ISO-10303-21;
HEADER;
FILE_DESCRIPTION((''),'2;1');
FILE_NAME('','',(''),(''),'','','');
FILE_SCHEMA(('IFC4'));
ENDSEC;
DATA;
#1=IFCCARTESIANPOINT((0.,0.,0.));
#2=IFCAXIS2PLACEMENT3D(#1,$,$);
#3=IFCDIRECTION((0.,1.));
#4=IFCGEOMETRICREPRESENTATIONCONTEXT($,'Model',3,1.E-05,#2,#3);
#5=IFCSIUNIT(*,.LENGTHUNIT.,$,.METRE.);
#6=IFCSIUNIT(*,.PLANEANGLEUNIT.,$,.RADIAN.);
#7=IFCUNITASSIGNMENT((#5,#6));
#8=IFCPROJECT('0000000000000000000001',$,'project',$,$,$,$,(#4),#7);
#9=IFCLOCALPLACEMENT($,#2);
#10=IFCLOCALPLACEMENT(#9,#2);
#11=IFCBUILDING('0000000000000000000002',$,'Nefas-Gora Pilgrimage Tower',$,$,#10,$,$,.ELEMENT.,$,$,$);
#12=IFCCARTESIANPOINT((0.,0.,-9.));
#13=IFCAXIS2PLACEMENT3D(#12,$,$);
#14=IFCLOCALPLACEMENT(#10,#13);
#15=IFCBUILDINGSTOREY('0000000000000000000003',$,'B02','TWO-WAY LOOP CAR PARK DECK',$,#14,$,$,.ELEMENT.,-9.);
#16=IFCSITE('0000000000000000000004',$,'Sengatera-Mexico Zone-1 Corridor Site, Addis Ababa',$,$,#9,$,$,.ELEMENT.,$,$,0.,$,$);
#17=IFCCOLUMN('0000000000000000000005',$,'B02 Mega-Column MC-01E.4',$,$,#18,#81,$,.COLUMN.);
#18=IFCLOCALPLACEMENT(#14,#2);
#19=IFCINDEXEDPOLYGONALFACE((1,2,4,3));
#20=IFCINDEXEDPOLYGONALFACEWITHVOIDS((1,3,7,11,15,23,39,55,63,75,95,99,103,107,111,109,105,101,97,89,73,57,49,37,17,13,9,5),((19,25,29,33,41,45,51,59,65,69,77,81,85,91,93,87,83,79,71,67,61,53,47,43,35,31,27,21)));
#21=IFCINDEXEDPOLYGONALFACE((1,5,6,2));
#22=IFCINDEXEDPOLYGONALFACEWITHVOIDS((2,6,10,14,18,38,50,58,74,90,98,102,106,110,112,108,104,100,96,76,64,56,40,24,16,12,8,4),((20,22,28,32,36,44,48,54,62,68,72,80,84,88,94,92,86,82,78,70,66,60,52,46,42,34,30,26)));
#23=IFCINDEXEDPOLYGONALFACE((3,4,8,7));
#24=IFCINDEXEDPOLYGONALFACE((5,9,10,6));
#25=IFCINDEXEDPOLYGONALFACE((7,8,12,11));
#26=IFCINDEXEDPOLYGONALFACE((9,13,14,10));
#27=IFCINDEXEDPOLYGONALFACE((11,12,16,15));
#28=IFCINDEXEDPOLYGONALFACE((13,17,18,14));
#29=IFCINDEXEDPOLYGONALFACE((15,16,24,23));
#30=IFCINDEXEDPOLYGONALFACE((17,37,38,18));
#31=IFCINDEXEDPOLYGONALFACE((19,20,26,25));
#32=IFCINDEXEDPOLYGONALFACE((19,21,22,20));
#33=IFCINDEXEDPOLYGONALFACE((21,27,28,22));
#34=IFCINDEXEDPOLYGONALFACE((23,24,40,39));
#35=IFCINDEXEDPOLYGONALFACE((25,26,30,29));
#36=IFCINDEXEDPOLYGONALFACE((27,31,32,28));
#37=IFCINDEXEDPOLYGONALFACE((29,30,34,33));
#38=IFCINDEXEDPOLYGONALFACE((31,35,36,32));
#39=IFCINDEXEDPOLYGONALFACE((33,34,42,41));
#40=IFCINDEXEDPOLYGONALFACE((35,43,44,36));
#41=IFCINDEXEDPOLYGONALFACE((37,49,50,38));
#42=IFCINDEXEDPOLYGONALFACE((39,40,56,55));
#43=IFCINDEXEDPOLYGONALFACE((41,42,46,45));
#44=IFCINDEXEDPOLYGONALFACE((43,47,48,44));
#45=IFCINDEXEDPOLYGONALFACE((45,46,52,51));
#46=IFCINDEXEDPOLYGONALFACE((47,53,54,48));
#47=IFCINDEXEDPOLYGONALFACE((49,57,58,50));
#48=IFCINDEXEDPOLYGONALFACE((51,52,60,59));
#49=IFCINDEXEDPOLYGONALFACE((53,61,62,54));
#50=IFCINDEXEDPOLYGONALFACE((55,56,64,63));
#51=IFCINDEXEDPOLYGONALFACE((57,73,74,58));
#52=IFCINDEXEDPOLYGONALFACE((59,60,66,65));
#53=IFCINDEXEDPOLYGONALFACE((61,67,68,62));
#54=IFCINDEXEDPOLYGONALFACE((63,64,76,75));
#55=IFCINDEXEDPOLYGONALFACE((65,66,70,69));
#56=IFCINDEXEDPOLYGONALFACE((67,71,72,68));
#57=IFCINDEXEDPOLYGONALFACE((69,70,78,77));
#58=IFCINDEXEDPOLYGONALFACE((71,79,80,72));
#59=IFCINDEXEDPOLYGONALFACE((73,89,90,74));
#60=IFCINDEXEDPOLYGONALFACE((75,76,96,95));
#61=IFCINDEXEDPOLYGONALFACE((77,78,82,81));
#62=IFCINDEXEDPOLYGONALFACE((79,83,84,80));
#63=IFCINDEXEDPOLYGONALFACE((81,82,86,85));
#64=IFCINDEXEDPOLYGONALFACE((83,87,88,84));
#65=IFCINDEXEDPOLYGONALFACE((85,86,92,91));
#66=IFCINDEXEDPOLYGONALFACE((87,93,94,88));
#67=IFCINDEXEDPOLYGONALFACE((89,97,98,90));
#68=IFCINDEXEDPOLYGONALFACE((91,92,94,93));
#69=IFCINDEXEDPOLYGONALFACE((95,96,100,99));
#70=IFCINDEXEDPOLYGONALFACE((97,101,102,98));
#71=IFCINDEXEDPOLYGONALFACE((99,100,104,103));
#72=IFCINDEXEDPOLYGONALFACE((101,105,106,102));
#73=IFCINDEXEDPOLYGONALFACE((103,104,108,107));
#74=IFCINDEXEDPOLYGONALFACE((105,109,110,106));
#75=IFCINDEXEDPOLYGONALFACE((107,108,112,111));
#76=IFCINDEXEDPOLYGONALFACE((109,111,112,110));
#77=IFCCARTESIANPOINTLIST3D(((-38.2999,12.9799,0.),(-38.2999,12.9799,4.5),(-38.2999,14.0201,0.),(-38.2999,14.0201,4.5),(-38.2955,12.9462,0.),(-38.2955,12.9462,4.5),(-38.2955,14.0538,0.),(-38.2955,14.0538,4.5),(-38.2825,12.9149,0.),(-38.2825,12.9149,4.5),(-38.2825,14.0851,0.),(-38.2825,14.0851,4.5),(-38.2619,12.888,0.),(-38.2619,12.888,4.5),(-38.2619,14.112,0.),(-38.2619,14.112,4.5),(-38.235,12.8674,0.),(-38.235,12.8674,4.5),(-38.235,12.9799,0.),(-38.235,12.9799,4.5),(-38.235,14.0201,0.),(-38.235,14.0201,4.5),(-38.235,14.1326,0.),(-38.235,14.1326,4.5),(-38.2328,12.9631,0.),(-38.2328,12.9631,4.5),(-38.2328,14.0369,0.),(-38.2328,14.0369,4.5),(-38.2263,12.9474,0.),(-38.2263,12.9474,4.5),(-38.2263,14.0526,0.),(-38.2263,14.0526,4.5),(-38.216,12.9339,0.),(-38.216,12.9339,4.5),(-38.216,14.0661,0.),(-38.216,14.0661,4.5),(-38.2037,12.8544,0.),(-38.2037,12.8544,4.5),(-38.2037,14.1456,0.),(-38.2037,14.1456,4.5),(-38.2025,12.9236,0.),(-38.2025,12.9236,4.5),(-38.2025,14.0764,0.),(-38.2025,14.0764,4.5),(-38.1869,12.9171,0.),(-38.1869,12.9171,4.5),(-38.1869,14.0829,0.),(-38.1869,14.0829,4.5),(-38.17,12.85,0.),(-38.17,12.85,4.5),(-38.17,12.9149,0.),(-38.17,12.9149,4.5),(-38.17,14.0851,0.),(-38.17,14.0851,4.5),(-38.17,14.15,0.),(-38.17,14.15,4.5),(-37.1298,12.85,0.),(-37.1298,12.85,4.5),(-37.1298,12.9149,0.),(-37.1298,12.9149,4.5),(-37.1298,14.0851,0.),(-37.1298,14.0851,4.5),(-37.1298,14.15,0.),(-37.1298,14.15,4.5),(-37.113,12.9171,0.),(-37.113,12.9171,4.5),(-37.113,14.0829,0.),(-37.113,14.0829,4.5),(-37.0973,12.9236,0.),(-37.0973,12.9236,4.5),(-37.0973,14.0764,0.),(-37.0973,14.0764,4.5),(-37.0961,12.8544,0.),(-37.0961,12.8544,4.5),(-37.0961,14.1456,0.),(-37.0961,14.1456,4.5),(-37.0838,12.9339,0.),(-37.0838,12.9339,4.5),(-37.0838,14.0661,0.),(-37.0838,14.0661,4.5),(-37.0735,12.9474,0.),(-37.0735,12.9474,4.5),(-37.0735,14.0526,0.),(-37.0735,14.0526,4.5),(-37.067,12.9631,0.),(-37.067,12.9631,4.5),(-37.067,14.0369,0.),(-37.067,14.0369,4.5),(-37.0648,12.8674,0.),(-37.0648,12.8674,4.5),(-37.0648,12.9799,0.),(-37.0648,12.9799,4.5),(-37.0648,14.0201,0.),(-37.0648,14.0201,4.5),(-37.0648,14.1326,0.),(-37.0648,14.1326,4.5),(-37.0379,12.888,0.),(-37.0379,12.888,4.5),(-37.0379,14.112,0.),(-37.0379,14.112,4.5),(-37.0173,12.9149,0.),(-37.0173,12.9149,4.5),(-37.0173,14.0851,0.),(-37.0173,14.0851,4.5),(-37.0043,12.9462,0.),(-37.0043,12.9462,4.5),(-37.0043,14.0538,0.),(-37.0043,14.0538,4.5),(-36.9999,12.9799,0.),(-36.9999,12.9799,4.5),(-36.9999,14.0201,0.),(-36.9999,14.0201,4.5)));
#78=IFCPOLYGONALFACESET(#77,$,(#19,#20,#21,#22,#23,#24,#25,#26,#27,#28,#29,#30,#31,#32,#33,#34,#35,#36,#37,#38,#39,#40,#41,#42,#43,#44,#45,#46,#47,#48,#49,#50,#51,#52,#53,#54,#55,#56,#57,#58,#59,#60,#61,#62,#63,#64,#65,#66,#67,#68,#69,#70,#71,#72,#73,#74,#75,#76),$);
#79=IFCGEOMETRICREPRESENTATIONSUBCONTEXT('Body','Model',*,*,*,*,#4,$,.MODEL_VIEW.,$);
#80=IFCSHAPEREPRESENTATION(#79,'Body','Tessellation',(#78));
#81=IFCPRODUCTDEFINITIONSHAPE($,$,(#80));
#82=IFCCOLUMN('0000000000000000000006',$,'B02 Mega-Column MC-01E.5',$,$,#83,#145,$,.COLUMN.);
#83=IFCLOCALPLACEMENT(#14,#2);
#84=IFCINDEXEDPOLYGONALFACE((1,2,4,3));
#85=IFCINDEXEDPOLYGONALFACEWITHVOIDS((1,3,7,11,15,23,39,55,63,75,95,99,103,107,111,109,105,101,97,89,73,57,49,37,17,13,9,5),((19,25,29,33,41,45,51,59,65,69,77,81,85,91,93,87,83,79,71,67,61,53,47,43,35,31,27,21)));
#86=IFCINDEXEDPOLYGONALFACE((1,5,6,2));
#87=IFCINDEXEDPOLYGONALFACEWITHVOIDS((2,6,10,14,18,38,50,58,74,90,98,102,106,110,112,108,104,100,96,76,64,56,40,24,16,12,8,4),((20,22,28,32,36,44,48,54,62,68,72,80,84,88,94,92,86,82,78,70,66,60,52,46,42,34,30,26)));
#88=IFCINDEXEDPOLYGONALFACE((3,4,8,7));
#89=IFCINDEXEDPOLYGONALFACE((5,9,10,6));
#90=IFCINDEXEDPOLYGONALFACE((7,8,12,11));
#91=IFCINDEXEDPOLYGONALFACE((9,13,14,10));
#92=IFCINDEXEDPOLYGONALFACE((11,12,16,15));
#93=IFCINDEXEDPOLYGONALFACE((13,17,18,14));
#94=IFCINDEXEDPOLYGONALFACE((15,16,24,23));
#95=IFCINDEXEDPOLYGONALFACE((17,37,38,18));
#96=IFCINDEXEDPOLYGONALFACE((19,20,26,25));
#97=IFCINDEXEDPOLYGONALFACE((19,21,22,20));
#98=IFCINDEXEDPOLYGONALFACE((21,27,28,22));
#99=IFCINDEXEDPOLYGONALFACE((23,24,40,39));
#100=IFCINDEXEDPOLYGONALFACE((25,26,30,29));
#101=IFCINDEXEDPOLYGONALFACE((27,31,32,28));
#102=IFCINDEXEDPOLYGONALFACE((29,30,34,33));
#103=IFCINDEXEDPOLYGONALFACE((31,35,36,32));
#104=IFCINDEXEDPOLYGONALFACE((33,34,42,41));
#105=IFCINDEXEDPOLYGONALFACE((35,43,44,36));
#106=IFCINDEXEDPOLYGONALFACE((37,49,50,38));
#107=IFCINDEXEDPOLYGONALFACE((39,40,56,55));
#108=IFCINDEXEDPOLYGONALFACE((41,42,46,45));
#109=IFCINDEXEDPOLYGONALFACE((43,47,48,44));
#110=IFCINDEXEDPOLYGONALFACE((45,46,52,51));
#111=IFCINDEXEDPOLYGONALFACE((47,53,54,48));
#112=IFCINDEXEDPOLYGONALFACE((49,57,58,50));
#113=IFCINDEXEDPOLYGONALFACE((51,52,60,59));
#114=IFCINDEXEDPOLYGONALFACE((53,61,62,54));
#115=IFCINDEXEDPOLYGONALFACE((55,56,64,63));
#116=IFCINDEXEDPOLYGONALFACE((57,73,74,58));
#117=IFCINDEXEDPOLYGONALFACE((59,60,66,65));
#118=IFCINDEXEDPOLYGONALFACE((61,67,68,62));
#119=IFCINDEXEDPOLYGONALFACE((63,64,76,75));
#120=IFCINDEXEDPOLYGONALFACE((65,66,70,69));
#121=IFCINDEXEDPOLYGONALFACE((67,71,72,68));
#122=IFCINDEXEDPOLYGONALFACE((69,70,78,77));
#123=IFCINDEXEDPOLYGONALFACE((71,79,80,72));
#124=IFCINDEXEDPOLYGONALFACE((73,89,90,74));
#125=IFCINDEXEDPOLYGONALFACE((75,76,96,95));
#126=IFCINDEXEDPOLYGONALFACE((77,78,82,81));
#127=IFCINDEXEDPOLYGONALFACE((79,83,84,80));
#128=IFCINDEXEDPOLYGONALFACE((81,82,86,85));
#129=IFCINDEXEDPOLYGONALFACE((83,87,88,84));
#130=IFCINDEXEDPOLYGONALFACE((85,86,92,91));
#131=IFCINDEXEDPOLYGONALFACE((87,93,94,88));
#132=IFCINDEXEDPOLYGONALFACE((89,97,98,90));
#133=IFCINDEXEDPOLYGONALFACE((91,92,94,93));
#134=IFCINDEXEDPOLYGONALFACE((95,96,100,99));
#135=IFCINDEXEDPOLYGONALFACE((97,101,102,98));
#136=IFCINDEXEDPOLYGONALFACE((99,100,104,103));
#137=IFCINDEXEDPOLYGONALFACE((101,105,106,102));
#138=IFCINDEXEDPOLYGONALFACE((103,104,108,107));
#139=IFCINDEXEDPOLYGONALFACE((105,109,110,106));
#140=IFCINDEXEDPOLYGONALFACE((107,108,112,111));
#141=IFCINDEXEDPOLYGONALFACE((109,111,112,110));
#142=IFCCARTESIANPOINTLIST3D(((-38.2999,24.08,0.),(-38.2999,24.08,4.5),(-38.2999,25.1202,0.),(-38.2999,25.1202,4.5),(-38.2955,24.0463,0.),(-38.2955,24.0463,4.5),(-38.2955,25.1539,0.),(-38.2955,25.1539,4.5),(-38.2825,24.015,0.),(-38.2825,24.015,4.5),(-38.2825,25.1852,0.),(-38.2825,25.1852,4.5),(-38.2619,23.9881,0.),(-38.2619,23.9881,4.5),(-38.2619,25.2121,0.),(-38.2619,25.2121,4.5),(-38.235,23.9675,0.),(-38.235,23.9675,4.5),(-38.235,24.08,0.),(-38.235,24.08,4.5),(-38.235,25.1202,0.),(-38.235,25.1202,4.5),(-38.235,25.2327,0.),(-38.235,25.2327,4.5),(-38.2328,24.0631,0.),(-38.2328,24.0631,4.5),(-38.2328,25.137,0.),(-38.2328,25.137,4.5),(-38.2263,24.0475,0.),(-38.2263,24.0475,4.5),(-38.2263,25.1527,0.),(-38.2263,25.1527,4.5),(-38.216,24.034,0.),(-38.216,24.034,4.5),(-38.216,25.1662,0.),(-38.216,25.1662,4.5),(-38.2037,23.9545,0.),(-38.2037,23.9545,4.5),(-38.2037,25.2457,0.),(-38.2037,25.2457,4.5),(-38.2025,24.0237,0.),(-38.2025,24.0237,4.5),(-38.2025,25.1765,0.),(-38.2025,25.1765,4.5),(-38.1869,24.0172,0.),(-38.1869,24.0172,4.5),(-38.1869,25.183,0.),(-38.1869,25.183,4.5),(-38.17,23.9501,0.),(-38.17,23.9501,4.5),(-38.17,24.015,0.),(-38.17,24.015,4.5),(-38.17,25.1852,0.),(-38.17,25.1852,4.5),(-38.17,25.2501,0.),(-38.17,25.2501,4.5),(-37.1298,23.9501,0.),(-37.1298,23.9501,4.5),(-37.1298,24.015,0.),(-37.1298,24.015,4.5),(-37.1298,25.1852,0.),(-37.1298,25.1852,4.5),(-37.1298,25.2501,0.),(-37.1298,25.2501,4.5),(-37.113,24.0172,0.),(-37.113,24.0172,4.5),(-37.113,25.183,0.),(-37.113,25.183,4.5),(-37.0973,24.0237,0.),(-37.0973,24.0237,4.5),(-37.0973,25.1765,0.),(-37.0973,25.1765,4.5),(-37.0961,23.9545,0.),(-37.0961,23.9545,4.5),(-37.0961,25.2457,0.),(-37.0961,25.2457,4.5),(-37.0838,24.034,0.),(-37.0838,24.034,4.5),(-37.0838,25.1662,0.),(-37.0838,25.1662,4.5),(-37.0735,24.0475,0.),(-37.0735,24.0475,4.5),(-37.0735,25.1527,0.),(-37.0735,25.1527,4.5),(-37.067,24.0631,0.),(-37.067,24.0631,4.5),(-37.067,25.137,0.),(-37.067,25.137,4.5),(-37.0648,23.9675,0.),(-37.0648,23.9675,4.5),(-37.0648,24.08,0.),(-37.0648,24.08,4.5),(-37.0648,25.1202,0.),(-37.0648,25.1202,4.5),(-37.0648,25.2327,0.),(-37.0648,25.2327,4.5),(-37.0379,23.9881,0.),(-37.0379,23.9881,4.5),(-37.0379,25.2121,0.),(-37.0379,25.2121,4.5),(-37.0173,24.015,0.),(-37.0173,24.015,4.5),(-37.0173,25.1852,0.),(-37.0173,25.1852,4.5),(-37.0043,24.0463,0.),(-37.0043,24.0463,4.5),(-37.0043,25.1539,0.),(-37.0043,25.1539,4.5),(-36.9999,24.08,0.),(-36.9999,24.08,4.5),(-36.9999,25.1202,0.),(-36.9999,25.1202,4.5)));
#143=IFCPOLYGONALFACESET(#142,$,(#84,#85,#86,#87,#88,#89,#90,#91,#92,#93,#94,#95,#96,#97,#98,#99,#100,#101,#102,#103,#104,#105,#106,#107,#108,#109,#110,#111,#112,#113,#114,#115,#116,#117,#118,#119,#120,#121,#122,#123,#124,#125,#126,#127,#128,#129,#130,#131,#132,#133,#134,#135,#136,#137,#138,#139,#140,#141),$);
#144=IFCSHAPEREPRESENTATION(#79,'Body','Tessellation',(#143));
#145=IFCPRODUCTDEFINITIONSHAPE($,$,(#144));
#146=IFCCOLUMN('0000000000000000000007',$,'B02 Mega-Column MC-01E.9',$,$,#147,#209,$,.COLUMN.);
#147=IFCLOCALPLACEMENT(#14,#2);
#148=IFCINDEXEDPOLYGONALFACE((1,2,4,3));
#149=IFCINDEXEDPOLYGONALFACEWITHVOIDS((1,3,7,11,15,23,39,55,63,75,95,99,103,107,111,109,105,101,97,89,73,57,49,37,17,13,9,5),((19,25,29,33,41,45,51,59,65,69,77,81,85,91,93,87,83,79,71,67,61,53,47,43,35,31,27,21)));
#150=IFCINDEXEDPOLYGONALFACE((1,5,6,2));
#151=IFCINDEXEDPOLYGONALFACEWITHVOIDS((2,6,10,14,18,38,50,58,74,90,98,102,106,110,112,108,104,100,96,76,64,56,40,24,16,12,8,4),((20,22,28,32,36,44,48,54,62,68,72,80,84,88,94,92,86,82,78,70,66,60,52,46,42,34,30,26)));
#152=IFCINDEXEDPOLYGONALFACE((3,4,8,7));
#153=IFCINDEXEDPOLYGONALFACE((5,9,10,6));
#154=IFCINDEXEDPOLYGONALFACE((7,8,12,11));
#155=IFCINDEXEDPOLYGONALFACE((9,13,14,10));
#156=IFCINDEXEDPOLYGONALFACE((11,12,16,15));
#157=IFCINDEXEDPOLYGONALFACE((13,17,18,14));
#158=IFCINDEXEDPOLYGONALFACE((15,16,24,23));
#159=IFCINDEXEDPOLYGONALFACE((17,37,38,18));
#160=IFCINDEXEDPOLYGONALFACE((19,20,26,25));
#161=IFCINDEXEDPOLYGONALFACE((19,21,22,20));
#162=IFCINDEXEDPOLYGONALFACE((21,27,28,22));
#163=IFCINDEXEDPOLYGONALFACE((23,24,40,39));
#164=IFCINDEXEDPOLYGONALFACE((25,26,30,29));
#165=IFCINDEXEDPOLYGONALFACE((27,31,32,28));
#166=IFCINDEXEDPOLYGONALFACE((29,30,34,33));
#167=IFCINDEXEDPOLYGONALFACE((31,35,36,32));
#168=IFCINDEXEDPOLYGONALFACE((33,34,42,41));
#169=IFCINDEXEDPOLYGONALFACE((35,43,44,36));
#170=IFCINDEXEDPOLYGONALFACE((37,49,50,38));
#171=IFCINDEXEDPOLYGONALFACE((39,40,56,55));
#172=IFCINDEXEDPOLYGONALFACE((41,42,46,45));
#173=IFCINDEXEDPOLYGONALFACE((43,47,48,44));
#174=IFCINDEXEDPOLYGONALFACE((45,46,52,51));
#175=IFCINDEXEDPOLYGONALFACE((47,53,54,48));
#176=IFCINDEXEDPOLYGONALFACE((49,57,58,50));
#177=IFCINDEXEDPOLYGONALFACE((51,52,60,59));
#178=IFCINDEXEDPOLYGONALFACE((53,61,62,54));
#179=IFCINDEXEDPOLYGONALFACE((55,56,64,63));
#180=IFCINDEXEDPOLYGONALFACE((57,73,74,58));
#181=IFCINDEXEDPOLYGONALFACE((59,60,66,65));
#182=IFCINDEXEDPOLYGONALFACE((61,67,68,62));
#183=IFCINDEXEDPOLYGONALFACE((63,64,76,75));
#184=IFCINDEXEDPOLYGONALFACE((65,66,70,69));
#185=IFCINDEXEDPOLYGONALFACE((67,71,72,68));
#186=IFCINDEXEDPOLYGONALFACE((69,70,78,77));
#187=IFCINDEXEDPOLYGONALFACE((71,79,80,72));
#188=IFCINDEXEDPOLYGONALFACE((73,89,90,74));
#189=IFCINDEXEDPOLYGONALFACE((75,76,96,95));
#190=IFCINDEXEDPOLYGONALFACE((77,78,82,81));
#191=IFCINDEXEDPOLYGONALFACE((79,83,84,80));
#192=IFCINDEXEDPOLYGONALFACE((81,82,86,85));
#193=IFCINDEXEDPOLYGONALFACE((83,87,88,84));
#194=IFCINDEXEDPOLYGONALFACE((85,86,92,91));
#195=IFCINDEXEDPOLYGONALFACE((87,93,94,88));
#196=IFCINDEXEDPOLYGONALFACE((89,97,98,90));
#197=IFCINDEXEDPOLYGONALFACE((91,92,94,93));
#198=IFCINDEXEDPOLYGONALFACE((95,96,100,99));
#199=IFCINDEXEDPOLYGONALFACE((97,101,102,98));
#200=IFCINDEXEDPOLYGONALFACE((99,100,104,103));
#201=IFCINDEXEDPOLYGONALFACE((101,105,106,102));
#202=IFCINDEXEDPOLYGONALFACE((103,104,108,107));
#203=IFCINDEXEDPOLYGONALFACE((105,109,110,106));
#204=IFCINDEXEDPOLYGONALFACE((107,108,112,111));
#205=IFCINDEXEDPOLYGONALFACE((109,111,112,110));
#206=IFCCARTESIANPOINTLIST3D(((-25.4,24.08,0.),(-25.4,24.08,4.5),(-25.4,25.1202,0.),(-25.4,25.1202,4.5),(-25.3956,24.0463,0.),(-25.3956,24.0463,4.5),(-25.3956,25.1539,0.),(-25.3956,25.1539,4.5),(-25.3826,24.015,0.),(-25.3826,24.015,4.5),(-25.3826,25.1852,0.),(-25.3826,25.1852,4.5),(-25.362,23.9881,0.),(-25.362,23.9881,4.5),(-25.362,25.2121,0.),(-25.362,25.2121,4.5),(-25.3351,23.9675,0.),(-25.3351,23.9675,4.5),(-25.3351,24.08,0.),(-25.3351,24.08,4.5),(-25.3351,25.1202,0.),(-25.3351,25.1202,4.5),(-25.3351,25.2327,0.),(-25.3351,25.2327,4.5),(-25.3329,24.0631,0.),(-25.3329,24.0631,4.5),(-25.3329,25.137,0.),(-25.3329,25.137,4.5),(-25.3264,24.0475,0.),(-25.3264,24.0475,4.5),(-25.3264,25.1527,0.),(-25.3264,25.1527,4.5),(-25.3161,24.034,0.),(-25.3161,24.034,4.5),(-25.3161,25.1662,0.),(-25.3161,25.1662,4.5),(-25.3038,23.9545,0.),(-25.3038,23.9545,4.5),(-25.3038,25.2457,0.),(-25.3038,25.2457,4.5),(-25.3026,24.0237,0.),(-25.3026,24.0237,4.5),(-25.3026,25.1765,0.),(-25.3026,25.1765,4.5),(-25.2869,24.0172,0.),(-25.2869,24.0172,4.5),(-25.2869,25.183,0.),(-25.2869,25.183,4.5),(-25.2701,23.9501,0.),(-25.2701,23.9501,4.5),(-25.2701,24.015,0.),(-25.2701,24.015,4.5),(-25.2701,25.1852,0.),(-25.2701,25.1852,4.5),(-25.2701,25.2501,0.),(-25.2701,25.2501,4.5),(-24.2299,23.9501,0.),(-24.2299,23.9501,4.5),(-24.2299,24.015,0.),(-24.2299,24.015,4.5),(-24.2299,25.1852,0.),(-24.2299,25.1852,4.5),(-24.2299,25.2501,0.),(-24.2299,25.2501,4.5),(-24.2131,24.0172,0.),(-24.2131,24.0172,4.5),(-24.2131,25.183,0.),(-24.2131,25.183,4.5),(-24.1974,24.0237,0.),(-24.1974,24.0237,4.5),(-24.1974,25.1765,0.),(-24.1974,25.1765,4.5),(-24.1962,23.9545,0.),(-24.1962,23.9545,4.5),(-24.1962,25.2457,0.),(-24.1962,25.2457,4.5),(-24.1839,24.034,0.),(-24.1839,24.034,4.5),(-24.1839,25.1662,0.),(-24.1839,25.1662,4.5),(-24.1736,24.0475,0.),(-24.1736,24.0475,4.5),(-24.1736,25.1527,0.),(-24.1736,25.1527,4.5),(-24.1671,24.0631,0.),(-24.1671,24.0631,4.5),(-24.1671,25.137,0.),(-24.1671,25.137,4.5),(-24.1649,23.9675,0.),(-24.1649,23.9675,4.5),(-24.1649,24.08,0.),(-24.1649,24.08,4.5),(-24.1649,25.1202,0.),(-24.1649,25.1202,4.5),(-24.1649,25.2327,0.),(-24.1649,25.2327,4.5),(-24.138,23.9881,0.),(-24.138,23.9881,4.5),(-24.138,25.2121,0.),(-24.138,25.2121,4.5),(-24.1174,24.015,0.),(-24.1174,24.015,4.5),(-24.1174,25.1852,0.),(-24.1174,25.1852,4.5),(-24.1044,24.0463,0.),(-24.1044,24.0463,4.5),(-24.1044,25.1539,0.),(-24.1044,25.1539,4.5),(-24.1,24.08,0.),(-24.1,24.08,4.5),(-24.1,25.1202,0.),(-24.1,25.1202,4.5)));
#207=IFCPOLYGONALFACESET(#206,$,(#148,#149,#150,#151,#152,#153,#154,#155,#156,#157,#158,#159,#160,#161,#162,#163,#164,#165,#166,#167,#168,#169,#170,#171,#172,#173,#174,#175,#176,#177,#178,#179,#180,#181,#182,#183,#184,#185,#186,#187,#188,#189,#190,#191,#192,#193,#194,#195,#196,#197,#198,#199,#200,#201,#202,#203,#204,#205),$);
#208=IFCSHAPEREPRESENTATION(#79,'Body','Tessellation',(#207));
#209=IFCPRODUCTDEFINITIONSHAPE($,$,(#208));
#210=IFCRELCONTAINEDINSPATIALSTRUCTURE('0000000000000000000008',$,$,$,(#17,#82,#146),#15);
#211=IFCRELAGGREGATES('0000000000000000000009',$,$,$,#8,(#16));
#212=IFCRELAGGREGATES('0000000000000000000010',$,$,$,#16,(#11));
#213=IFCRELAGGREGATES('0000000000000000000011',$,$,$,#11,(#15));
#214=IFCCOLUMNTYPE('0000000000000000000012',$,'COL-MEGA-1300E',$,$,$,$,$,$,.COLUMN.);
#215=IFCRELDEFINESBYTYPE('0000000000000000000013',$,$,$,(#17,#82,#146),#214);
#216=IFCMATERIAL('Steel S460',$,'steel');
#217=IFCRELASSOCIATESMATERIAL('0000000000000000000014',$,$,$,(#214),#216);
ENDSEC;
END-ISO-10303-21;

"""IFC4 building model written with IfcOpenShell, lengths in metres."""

from ifc_helpers import new_model, si_unit, direction, frame, origin, origin_2d, place, context, subcontext, project, spatial, hollow_rectangle, extrude, source, transform, mapped, material, material_profile, profile_set, type_object, element, save


model = new_model("IFC4")

# Units and contexts
model_context = context("Model", 3, precision=1e-05, world=origin(), true_north=direction((0.0, 1.0)))
body_context = subcontext(model_context, "Body", "Model", "MODEL_VIEW")
ifc_project = project(units=[si_unit("LENGTHUNIT", "METRE"), si_unit("PLANEANGLEUNIT", "RADIAN")], contexts=[model_context])

# Site, building, storey
site_placement = place(None, origin())
site = spatial("IfcSite", under=ifc_project, at=site_placement, Name="Sengatera-Mexico Zone-1 Corridor Site, Addis Ababa", CompositionType="ELEMENT", RefElevation=0.0)
building_placement = place(site_placement, origin())
building = spatial("IfcBuilding", under=site, at=building_placement, Name="Nefas-Gora Pilgrimage Tower", CompositionType="ELEMENT")
storey_placement = place(building_placement, frame((0.0, 0.0, -9.0)))
storey = spatial("IfcBuildingStorey", under=building, at=storey_placement, Name="B02", Description="TWO-WAY LOOP CAR PARK DECK", CompositionType="ELEMENT", Elevation=-9.0)

# Columns
ifc_material_1 = material(Name="Steel S460", Category="steel")
ifc_material_profile_1 = material_profile(ifc_material_1, hollow_rectangle(XDim=1.3, YDim=1.3, WallThickness=0.0649, InnerFilletRadius=0.0649, OuterFilletRadius=0.1299, at=origin_2d()), Name="BOX 1300x1300x65")
ifc_profile_set_1 = profile_set([ifc_material_profile_1], Name="Steel S460")
column_type = type_object("IfcColumnType", Name="COL-MEGA-1300E", PredefinedType="COLUMN", material=ifc_profile_set_1)
shared_shape_1 = source(origin(), body_context, "Body", "SweptSolid", [
    extrude(hollow_rectangle(XDim=1.3, YDim=1.3, WallThickness=0.0649, InnerFilletRadius=0.0649, OuterFilletRadius=0.1299, at=origin_2d()), origin(), (0.0, 0.0, 1.0), 4.5),
])
for number, where, z_axis, x_axis, name in (
    (1, (-37.6499, 13.5, 0.0), (0.0, 0.0, 1.0), (1.0, 0.0, 0.0), "B02 Mega-Column MC-01E.4"),
    (2, (-37.6499, 24.6001, 0.0), (0.0, 0.0, 1.0), (1.0, 0.0, 0.0), "B02 Mega-Column MC-01E.5"),
    (3, (-24.75, 24.6001, 0.0), (0.0, 0.0, 1.0), (1.0, 0.0, 0.0), "B02 Mega-Column MC-01E.9"),
):
    element("IfcColumn", number, at=place(storey_placement, frame(where, z_axis=z_axis, x_axis=x_axis)), inside=storey, type_object=column_type, Name=name, PredefinedType="COLUMN", context=body_context, shape_type="MappedRepresentation", body=[
        mapped(shared_shape_1, transform((0.0, 0.0, 0.0), x_axis=(1.0, 0.0, 0.0), y_axis=(0.0, 1.0, 0.0), z_axis=(0.0, 0.0, 1.0), scale=1.0)),
    ])

save(model, "model.ifc")
